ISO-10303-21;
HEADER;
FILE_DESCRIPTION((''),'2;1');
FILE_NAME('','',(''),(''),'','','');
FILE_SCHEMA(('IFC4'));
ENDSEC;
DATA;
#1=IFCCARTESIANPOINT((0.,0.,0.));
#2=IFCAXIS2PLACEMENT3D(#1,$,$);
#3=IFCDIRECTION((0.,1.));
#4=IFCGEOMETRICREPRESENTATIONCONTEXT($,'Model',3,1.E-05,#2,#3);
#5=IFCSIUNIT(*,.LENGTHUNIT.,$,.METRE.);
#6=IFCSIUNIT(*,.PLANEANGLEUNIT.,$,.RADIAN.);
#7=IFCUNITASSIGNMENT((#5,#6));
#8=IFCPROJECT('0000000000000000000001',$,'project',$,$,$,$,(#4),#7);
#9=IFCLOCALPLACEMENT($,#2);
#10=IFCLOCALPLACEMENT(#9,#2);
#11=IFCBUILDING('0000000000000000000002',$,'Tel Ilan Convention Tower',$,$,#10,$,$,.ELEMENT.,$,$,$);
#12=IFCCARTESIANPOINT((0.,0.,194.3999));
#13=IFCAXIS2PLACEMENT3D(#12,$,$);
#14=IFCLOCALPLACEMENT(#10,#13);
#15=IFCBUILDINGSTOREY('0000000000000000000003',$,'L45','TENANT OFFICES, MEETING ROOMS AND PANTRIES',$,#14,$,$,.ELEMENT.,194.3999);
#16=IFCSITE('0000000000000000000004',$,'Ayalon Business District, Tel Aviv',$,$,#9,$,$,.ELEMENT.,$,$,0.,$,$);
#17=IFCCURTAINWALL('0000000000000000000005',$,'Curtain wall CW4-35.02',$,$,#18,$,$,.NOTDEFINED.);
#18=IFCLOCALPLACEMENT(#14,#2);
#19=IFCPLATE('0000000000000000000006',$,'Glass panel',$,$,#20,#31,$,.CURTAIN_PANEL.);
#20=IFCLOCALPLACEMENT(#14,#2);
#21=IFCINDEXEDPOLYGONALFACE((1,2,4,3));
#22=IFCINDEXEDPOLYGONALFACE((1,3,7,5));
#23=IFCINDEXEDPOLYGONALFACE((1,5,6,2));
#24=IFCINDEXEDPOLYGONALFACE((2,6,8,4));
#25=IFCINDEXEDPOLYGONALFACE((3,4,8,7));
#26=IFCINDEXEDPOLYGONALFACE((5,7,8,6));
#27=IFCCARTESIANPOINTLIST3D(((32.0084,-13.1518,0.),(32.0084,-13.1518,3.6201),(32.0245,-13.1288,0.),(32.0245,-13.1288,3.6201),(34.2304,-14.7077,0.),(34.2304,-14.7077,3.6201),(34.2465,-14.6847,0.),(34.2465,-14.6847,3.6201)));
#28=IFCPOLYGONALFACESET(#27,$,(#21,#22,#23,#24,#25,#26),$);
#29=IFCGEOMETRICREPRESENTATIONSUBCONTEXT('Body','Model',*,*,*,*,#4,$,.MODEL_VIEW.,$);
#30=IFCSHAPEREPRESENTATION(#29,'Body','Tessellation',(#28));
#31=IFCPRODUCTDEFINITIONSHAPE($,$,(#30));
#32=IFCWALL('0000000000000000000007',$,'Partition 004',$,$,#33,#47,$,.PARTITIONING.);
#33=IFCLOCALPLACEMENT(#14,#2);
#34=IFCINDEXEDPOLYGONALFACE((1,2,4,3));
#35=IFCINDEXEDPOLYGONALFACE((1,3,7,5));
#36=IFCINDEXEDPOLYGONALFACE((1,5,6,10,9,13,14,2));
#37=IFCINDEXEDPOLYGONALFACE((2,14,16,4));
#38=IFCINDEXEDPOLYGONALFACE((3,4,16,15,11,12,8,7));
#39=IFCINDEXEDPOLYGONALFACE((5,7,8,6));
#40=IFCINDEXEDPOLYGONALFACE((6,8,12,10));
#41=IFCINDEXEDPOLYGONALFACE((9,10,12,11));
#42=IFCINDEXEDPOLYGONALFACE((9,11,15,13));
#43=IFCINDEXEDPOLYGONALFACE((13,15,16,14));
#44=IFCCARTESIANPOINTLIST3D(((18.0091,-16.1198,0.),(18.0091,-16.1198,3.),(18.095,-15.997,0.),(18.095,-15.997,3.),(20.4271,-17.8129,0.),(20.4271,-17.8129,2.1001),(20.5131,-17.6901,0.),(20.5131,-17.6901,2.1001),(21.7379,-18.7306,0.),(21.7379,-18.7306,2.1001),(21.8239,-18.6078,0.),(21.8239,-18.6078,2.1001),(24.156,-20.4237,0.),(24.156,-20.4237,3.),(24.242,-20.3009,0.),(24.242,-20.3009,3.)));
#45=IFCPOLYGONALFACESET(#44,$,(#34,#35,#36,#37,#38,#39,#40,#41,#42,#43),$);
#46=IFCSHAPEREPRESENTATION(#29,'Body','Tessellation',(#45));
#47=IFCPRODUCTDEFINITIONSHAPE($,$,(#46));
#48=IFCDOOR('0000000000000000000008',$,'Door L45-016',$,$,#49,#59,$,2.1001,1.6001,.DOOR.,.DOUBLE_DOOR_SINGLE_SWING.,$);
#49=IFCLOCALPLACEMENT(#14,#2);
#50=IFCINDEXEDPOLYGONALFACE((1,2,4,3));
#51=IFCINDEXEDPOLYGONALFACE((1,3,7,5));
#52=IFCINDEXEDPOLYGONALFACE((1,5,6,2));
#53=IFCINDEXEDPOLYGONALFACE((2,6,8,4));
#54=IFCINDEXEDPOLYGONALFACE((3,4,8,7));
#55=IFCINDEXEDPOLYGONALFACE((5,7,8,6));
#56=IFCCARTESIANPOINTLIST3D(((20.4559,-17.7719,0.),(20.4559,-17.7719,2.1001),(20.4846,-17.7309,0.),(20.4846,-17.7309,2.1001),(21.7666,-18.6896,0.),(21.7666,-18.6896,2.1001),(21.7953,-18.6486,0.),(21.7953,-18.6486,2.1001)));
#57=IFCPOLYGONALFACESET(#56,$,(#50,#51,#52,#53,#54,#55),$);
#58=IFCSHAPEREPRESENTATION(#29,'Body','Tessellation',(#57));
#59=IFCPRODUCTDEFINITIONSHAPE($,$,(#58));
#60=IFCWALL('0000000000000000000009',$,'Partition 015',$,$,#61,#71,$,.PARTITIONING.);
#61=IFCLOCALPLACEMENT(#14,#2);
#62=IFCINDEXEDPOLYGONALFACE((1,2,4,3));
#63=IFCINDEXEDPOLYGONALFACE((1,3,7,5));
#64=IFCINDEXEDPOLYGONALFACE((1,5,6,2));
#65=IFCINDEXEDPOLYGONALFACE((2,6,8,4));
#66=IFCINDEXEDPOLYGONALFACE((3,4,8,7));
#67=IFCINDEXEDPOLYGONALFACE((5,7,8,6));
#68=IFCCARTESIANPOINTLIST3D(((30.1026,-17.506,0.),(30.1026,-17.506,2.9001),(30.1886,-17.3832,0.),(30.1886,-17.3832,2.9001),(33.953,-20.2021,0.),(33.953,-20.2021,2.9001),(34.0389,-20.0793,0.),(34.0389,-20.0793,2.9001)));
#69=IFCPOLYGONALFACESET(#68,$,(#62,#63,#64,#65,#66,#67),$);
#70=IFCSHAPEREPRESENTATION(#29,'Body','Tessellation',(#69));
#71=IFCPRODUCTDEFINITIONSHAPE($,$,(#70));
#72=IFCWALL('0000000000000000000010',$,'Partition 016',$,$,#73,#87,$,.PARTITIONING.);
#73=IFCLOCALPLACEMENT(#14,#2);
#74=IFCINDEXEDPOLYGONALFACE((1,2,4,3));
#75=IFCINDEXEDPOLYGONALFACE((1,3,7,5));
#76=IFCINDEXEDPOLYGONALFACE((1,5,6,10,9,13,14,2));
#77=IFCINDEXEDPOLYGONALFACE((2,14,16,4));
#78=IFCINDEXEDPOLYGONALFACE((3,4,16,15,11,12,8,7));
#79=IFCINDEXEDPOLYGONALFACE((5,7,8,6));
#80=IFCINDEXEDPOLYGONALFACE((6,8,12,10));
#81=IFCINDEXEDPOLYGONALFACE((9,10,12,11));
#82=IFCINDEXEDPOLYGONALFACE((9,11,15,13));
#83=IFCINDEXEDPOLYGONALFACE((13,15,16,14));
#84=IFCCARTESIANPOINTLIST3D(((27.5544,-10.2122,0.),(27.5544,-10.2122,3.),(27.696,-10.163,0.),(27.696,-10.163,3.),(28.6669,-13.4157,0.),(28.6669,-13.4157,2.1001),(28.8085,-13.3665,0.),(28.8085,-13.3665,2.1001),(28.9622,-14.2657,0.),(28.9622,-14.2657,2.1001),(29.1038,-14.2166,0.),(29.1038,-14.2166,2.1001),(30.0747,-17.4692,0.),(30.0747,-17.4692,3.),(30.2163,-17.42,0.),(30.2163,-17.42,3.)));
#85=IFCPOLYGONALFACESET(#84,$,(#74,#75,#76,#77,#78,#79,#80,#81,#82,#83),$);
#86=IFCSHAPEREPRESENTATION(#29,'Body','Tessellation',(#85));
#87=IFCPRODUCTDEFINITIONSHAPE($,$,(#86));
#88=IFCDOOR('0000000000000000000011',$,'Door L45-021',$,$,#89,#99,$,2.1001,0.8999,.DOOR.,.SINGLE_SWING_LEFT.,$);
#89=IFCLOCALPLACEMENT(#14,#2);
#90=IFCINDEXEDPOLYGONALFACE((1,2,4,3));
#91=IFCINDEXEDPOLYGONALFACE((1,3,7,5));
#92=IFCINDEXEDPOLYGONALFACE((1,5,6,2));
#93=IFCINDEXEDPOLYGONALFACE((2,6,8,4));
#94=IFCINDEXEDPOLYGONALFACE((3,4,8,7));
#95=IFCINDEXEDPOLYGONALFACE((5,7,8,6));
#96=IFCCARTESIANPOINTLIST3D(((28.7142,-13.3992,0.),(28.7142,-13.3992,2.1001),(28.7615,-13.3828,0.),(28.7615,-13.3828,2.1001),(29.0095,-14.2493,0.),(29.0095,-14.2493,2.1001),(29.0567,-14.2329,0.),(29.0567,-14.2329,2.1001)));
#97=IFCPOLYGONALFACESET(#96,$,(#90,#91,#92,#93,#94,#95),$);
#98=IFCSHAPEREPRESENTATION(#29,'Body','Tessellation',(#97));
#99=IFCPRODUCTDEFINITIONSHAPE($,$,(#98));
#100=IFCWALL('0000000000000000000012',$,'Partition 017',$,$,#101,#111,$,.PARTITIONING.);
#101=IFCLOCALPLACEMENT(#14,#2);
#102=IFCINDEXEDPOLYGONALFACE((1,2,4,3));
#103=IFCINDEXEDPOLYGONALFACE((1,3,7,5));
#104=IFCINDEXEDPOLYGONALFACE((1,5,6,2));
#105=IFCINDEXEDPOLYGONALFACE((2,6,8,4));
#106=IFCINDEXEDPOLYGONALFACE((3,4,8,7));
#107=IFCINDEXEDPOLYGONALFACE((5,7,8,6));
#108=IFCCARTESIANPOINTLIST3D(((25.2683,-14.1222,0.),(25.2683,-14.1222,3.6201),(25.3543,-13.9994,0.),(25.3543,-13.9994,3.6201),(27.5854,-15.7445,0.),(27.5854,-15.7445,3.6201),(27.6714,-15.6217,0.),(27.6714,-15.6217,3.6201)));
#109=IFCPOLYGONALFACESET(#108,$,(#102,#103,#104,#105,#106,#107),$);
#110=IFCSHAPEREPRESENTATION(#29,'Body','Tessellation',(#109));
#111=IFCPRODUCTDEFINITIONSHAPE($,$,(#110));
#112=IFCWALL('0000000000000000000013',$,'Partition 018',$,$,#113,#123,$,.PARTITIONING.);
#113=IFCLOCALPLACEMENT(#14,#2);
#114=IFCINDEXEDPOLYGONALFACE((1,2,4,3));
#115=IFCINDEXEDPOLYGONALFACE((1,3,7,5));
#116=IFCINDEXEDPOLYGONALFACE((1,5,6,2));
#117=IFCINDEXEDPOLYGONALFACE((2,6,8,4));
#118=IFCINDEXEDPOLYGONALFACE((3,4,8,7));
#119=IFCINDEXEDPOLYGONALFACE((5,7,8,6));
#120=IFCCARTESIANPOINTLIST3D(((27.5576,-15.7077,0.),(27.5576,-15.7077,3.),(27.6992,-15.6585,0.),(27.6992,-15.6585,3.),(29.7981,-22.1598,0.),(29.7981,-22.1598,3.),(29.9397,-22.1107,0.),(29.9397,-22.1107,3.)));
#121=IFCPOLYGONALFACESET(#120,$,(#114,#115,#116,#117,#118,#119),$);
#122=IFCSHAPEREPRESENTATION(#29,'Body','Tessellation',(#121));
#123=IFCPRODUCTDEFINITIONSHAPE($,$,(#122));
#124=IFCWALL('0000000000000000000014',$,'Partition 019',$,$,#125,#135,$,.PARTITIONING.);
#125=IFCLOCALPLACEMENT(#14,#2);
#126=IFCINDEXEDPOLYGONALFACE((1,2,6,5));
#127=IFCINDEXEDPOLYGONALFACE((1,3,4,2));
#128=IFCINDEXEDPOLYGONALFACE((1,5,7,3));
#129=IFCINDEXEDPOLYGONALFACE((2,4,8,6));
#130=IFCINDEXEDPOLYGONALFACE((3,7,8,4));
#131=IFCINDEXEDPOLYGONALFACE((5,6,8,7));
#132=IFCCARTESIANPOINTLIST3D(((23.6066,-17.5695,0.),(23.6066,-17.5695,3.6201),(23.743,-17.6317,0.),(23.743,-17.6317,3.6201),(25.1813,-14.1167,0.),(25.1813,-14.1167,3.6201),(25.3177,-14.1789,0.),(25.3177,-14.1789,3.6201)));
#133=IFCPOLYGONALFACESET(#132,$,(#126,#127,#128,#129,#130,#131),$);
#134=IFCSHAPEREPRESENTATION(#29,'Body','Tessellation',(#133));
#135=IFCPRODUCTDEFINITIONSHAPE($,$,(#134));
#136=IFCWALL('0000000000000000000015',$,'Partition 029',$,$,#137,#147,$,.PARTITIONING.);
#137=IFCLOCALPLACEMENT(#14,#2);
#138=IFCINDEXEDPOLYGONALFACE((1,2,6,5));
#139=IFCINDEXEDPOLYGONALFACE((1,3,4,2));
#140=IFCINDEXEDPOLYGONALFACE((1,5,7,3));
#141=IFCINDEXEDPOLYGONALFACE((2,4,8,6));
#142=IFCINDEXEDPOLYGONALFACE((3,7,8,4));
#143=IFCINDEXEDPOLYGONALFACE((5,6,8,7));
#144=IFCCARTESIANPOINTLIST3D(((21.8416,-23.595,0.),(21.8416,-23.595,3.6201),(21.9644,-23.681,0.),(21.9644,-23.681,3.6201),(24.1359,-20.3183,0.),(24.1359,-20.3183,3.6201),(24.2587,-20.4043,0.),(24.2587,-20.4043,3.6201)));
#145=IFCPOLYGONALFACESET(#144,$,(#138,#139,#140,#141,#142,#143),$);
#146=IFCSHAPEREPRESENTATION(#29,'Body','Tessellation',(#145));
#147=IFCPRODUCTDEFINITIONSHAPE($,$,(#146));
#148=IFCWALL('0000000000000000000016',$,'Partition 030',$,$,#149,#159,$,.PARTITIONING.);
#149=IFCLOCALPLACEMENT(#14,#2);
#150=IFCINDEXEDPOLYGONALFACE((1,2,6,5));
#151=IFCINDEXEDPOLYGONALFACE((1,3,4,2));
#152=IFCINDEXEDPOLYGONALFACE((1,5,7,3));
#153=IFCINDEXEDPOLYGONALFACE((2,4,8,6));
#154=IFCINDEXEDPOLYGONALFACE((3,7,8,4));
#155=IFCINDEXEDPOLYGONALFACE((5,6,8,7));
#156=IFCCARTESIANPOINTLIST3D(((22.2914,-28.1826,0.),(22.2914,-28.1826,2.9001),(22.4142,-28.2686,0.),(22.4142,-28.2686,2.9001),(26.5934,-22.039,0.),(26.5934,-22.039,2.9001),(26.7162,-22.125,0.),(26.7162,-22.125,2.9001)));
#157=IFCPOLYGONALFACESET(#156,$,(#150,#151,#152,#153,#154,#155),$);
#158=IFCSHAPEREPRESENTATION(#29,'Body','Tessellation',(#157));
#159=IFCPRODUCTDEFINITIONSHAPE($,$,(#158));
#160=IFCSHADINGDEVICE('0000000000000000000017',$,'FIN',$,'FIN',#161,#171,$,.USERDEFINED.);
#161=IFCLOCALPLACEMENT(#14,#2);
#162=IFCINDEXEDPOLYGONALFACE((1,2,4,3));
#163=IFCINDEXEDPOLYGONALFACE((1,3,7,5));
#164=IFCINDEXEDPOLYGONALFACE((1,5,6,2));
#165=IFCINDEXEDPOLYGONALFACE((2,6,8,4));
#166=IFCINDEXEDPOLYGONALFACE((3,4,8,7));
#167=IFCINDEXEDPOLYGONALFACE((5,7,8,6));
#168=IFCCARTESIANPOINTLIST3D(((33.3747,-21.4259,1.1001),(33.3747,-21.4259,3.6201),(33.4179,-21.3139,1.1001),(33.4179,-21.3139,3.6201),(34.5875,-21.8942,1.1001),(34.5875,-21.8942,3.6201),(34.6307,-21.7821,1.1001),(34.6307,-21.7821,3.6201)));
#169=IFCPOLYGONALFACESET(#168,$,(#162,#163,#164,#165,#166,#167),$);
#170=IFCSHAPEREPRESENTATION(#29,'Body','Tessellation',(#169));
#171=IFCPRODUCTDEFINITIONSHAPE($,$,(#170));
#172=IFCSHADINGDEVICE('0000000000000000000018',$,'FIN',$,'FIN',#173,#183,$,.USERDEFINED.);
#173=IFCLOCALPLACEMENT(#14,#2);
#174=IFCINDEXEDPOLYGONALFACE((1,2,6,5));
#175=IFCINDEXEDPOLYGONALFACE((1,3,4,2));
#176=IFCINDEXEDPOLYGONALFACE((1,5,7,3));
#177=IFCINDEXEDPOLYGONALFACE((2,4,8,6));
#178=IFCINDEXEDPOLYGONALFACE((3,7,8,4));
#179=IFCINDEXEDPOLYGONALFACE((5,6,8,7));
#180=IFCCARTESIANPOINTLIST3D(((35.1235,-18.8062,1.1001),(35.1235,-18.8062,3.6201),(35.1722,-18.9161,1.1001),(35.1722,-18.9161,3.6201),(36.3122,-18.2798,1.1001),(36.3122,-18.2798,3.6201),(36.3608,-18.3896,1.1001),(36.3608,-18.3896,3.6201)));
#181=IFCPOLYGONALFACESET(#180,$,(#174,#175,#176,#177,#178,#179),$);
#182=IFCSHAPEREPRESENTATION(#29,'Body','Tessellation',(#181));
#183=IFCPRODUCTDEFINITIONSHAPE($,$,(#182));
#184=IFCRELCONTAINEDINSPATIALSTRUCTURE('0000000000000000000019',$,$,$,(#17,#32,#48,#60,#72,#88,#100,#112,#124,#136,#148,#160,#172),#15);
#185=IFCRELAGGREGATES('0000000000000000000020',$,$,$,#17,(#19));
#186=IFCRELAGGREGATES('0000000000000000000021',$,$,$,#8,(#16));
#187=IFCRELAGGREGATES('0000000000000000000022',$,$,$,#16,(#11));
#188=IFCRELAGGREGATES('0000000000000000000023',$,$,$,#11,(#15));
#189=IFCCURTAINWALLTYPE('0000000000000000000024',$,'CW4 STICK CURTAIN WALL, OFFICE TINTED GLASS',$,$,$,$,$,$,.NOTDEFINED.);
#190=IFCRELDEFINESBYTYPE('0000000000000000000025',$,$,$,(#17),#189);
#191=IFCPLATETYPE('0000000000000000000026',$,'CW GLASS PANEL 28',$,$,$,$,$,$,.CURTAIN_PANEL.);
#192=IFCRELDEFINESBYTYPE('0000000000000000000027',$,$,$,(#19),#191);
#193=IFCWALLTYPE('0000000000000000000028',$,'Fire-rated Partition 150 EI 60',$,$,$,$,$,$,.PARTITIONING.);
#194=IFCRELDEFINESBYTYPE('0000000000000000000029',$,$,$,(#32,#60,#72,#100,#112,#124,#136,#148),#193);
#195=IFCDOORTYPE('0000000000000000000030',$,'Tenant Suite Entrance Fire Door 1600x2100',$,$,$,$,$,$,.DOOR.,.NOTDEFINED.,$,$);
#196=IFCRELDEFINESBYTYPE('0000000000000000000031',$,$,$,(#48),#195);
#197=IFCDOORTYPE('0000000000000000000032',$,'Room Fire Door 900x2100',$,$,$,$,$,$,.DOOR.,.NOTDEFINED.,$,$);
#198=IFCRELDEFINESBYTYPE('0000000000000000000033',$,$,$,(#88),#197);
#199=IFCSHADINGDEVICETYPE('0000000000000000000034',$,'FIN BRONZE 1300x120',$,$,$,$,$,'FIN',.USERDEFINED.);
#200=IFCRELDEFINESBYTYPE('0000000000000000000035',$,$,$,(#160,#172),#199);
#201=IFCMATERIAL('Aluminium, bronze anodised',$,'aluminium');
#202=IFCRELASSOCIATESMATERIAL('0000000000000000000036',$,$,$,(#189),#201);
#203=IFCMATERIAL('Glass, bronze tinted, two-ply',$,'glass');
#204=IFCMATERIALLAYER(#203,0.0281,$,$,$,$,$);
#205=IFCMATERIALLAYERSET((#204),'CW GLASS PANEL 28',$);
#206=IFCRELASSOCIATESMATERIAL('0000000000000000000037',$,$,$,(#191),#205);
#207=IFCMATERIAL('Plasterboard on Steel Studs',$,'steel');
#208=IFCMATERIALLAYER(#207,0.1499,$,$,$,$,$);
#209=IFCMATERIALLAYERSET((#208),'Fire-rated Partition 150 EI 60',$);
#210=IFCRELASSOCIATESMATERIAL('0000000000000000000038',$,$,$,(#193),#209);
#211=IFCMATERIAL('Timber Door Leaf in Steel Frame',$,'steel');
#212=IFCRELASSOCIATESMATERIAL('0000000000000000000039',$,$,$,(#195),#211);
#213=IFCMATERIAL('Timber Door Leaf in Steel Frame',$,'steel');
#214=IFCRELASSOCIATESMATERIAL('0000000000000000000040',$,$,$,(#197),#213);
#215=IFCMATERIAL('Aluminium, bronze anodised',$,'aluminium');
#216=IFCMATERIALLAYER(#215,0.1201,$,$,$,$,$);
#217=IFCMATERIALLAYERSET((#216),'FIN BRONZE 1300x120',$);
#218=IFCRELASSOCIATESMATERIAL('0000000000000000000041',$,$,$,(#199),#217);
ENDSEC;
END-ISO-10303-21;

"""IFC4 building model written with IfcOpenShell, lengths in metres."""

from ifc_helpers import new_model, si_unit, direction, frame, frame_2d, origin, origin_2d, place, context, subcontext, project, spatial, rectangle, extrude, material, layer, layer_set, type_object, element, fill, aggregate, save


model = new_model("IFC4")

# Units and contexts
model_context = context("Model", 3, precision=1e-05, world=origin(), true_north=direction((0.0, 1.0)))
body_context = subcontext(model_context, "Body", "Model", "MODEL_VIEW")
ifc_project = project(units=[si_unit("LENGTHUNIT", "METRE"), si_unit("PLANEANGLEUNIT", "RADIAN")], contexts=[model_context])

# Site, building, storey
site_placement = place(None, origin())
site = spatial("IfcSite", under=ifc_project, at=site_placement, Name="Ayalon Business District, Tel Aviv", CompositionType="ELEMENT", RefElevation=0.0)
building_placement = place(site_placement, origin())
building = spatial("IfcBuilding", under=site, at=building_placement, Name="Tel Ilan Convention Tower", CompositionType="ELEMENT")
storey_placement = place(building_placement, frame((0.0, 0.0, 194.3999)))
storey = spatial("IfcBuildingStorey", under=building, at=storey_placement, Name="L45", Description="TENANT OFFICES, MEETING ROOMS AND PANTRIES", CompositionType="ELEMENT", Elevation=194.3999)

# Curtain wall, plate
ifc_material_1 = material(Name="Aluminium, bronze anodised", Category="aluminium")
curtain_wall_type = type_object("IfcCurtainWallType", Name="CW4 STICK CURTAIN WALL, OFFICE TINTED GLASS", PredefinedType="NOTDEFINED", material=ifc_material_1)
curtain_wall_placement = place(storey_placement, origin())
curtain_wall = element("IfcCurtainWall", 1, at=curtain_wall_placement, inside=storey, type_object=curtain_wall_type, Name="Curtain wall CW4-35.02", PredefinedType="NOTDEFINED")
ifc_material_2 = material(Name="Glass, bronze tinted, two-ply", Category="glass")
ifc_layer_1 = layer(ifc_material_2, 0.0281)
ifc_layer_set_1 = layer_set([ifc_layer_1], Name="CW GLASS PANEL 28")
plate_type = type_object("IfcPlateType", Name="CW GLASS PANEL 28", PredefinedType="CURTAIN_PANEL", material=ifc_layer_set_1)
plate_1_placement = place(storey_placement, frame((33.1274, -13.9182, 0.0), z_axis=(0.0, 0.0, 1.0), x_axis=(-0.819152, 0.573576, 0.0)))
plate_1 = element("IfcPlate", 2, at=plate_1_placement, type_object=plate_type, Name="Glass panel", PredefinedType="CURTAIN_PANEL", context=body_context, shape_type="SweptSolid", body=[
    extrude(rectangle(XDim=2.7126, YDim=0.0281, at=origin_2d()), origin(), (0.0, 0.0, 1.0), 3.6201),
])
aggregate(curtain_wall, [plate_1])

# Wall, opening, door
ifc_material_3 = material(Name="Plasterboard on Steel Studs", Category="steel")
ifc_layer_2 = layer(ifc_material_3, 0.1499)
ifc_layer_set_2 = layer_set([ifc_layer_2], Name="Fire-rated Partition 150 EI 60")
wall_type = type_object("IfcWallType", Name="Fire-rated Partition 150 EI 60", PredefinedType="PARTITIONING", material=ifc_layer_set_2)
wall_1_placement = place(storey_placement, frame((24.199, -20.3623, 0.0), z_axis=(0.0, 0.0, 1.0), x_axis=(-0.819165, 0.573558, 0.0)))
wall_1 = element("IfcWall", 3, at=wall_1_placement, inside=storey, type_object=wall_type, Name="Partition 004", PredefinedType="PARTITIONING", context=body_context, shape_type="SweptSolid", body=[
    extrude(rectangle(XDim=7.5039, YDim=0.1499, at=frame_2d((3.752, 0.0))), origin(), (0.0, 0.0, 1.0), 3.0),
])
opening_1_placement = place(wall_1_placement, frame((2.9519, 0.0, 0.0)))
opening_1 = element("IfcOpeningElement", 4, at=opening_1_placement, cuts=wall_1, PredefinedType="OPENING", context=body_context, shape_type="SweptSolid", body=[
    extrude(rectangle(XDim=1.6001, YDim=2.1001, at=frame_2d((0.8, 1.05))), frame((0.0, 0.085, 0.0), z_axis=(0.0, -1.0, 0.0), x_axis=(1.0, 0.0, 0.0)), (0.0, 0.0, 1.0), 0.1699),
])
ifc_material_4 = material(Name="Timber Door Leaf in Steel Frame", Category="steel")
door_type_1 = type_object("IfcDoorType", Name="Tenant Suite Entrance Fire Door 1600x2100", OperationType="NOTDEFINED", PredefinedType="DOOR", material=ifc_material_4)
door_1_placement = place(opening_1_placement, origin())
door_1 = element("IfcDoor", 5, at=door_1_placement, inside=storey, type_object=door_type_1, Name="Door L45-016", OperationType="DOUBLE_DOOR_SINGLE_SWING", OverallHeight=2.1001, OverallWidth=1.6001, PredefinedType="DOOR", context=body_context, shape_type="SweptSolid", body=[
    extrude(rectangle(XDim=1.6001, YDim=2.1001, at=frame_2d((0.8, 1.05))), frame((0.0, 0.0249, 0.0), z_axis=(0.0, -1.0, 0.0), x_axis=(1.0, 0.0, 0.0)), (0.0, 0.0, 1.0), 0.05),
])
fill(opening_1, door_1)

# Wall
wall_2_placement = place(storey_placement, frame((33.9958, -20.1406, 0.0), z_axis=(0.0, 0.0, 1.0), x_axis=(-0.819151, 0.573577, 0.0)))
element("IfcWall", 6, at=wall_2_placement, inside=storey, type_object=wall_type, Name="Partition 015", PredefinedType="PARTITIONING", context=body_context, shape_type="SweptSolid", body=[
    extrude(rectangle(XDim=4.7004, YDim=0.1499, at=frame_2d((2.3501, 0.0))), origin(), (0.0, 0.0, 1.0), 2.9001),
])

# Wall, opening, door
wall_3_placement = place(storey_placement, frame((30.1455, -17.4446, 0.0), z_axis=(0.0, 0.0, 1.0), x_axis=(-0.328073, 0.944652, 0.0)))
wall_3 = element("IfcWall", 7, at=wall_3_placement, inside=storey, type_object=wall_type, Name="Partition 016", PredefinedType="PARTITIONING", context=body_context, shape_type="SweptSolid", body=[
    extrude(rectangle(XDim=7.6821, YDim=0.1499, at=frame_2d((3.8411, 0.0))), origin(), (0.0, 0.0, 1.0), 3.0),
])
opening_2_placement = place(wall_3_placement, frame((3.3911, 0.0, 0.0)))
opening_2 = element("IfcOpeningElement", 8, at=opening_2_placement, cuts=wall_3, PredefinedType="OPENING", context=body_context, shape_type="SweptSolid", body=[
    extrude(rectangle(XDim=0.8999, YDim=2.1001, at=frame_2d((0.45, 1.05))), frame((0.0, 0.085, 0.0), z_axis=(0.0, -1.0, 0.0), x_axis=(1.0, 0.0, 0.0)), (0.0, 0.0, 1.0), 0.1699),
])
ifc_material_5 = material(Name="Timber Door Leaf in Steel Frame", Category="steel")
door_type_2 = type_object("IfcDoorType", Name="Room Fire Door 900x2100", OperationType="NOTDEFINED", PredefinedType="DOOR", material=ifc_material_5)
door_2_placement = place(opening_2_placement, origin())
door_2 = element("IfcDoor", 9, at=door_2_placement, inside=storey, type_object=door_type_2, Name="Door L45-021", OperationType="SINGLE_SWING_LEFT", OverallHeight=2.1001, OverallWidth=0.8999, PredefinedType="DOOR", context=body_context, shape_type="SweptSolid", body=[
    extrude(rectangle(XDim=0.8999, YDim=2.1001, at=frame_2d((0.45, 1.05))), frame((0.0, 0.0249, 0.0), z_axis=(0.0, -1.0, 0.0), x_axis=(1.0, 0.0, 0.0)), (0.0, 0.0, 1.0), 0.05),
])
fill(opening_2, door_2)

# Walls
wall_4_placement = place(storey_placement, frame((25.3113, -14.0608, 0.0), z_axis=(0.0, 0.0, 1.0), x_axis=(0.819179, -0.573538, 0.0)))
element("IfcWall", 10, at=wall_4_placement, inside=storey, type_object=wall_type, Name="Partition 017", PredefinedType="PARTITIONING", context=body_context, shape_type="SweptSolid", body=[
    extrude(rectangle(XDim=2.8286, YDim=0.1499, at=frame_2d((1.4143, 0.0))), origin(), (0.0, 0.0, 1.0), 3.6201),
])
wall_5_placement = place(storey_placement, frame((27.6284, -15.6831, 0.0), z_axis=(0.0, 0.0, 1.0), x_axis=(0.328031, -0.944667, 0.0)))
element("IfcWall", 11, at=wall_5_placement, inside=storey, type_object=wall_type, Name="Partition 018", PredefinedType="PARTITIONING", context=body_context, shape_type="SweptSolid", body=[
    extrude(rectangle(XDim=6.8301, YDim=0.1499, at=frame_2d((3.415, 0.0))), origin(), (0.0, 0.0, 1.0), 3.0),
])
wall_6_placement = place(storey_placement, frame((23.6748, -17.6006, 0.0), z_axis=(0.0, 0.0, 1.0), x_axis=(0.414942, 0.909848, 0.0)))
element("IfcWall", 12, at=wall_6_placement, inside=storey, type_object=wall_type, Name="Partition 019", PredefinedType="PARTITIONING", context=body_context, shape_type="SweptSolid", body=[
    extrude(rectangle(XDim=3.7949, YDim=0.1499, at=frame_2d((1.8975, 0.0))), origin(), (0.0, 0.0, 1.0), 3.6201),
])
wall_7_placement = place(storey_placement, frame((24.1973, -20.3613, 0.0), z_axis=(0.0, 0.0, 1.0), x_axis=(-0.573557, -0.819166, 0.0)))
element("IfcWall", 13, at=wall_7_placement, inside=storey, type_object=wall_type, Name="Partition 029", PredefinedType="PARTITIONING", context=body_context, shape_type="SweptSolid", body=[
    extrude(rectangle(XDim=4.0, YDim=0.1499, at=frame_2d((2.0, 0.0))), origin(), (0.0, 0.0, 1.0), 3.6201),
])
wall_8_placement = place(storey_placement, frame((26.6548, -22.082, 0.0), z_axis=(0.0, 0.0, 1.0), x_axis=(-0.573598, -0.819137, 0.0)))
element("IfcWall", 14, at=wall_8_placement, inside=storey, type_object=wall_type, Name="Partition 030", PredefinedType="PARTITIONING", context=body_context, shape_type="SweptSolid", body=[
    extrude(rectangle(XDim=7.5, YDim=0.1499, at=frame_2d((3.75, 0.0))), origin(), (0.0, 0.0, 1.0), 2.9001),
])

# Shading devices
ifc_material_6 = material(Name="Aluminium, bronze anodised", Category="aluminium")
ifc_layer_3 = layer(ifc_material_6, 0.1201)
ifc_layer_set_3 = layer_set([ifc_layer_3], Name="FIN BRONZE 1300x120")
shading_device_type = type_object("IfcShadingDeviceType", Name="FIN BRONZE 1300x120", ElementType="FIN", PredefinedType="USERDEFINED", material=ifc_layer_set_3)
for number, where, z_axis, x_axis, name in (
    (15, (34.0027, -21.604, 1.1001), (0.0, 0.0, 1.0), (0.932884, -0.360178, 0.0), "FIN"),
    (16, (35.7422, -18.5979, 1.1001), (0.0, 0.0, 1.0), (0.914333, 0.404964, 0.0), "FIN"),
):
    element("IfcShadingDevice", number, at=place(storey_placement, frame(where, z_axis=z_axis, x_axis=x_axis)), inside=storey, type_object=shading_device_type, Name=name, ObjectType="FIN", PredefinedType="USERDEFINED", context=body_context, shape_type="SweptSolid", body=[
        extrude(rectangle(XDim=1.3, YDim=0.1201, at=origin_2d()), origin(), (0.0, 0.0, 1.0), 2.52),
    ])

save(model, "model.ifc")
